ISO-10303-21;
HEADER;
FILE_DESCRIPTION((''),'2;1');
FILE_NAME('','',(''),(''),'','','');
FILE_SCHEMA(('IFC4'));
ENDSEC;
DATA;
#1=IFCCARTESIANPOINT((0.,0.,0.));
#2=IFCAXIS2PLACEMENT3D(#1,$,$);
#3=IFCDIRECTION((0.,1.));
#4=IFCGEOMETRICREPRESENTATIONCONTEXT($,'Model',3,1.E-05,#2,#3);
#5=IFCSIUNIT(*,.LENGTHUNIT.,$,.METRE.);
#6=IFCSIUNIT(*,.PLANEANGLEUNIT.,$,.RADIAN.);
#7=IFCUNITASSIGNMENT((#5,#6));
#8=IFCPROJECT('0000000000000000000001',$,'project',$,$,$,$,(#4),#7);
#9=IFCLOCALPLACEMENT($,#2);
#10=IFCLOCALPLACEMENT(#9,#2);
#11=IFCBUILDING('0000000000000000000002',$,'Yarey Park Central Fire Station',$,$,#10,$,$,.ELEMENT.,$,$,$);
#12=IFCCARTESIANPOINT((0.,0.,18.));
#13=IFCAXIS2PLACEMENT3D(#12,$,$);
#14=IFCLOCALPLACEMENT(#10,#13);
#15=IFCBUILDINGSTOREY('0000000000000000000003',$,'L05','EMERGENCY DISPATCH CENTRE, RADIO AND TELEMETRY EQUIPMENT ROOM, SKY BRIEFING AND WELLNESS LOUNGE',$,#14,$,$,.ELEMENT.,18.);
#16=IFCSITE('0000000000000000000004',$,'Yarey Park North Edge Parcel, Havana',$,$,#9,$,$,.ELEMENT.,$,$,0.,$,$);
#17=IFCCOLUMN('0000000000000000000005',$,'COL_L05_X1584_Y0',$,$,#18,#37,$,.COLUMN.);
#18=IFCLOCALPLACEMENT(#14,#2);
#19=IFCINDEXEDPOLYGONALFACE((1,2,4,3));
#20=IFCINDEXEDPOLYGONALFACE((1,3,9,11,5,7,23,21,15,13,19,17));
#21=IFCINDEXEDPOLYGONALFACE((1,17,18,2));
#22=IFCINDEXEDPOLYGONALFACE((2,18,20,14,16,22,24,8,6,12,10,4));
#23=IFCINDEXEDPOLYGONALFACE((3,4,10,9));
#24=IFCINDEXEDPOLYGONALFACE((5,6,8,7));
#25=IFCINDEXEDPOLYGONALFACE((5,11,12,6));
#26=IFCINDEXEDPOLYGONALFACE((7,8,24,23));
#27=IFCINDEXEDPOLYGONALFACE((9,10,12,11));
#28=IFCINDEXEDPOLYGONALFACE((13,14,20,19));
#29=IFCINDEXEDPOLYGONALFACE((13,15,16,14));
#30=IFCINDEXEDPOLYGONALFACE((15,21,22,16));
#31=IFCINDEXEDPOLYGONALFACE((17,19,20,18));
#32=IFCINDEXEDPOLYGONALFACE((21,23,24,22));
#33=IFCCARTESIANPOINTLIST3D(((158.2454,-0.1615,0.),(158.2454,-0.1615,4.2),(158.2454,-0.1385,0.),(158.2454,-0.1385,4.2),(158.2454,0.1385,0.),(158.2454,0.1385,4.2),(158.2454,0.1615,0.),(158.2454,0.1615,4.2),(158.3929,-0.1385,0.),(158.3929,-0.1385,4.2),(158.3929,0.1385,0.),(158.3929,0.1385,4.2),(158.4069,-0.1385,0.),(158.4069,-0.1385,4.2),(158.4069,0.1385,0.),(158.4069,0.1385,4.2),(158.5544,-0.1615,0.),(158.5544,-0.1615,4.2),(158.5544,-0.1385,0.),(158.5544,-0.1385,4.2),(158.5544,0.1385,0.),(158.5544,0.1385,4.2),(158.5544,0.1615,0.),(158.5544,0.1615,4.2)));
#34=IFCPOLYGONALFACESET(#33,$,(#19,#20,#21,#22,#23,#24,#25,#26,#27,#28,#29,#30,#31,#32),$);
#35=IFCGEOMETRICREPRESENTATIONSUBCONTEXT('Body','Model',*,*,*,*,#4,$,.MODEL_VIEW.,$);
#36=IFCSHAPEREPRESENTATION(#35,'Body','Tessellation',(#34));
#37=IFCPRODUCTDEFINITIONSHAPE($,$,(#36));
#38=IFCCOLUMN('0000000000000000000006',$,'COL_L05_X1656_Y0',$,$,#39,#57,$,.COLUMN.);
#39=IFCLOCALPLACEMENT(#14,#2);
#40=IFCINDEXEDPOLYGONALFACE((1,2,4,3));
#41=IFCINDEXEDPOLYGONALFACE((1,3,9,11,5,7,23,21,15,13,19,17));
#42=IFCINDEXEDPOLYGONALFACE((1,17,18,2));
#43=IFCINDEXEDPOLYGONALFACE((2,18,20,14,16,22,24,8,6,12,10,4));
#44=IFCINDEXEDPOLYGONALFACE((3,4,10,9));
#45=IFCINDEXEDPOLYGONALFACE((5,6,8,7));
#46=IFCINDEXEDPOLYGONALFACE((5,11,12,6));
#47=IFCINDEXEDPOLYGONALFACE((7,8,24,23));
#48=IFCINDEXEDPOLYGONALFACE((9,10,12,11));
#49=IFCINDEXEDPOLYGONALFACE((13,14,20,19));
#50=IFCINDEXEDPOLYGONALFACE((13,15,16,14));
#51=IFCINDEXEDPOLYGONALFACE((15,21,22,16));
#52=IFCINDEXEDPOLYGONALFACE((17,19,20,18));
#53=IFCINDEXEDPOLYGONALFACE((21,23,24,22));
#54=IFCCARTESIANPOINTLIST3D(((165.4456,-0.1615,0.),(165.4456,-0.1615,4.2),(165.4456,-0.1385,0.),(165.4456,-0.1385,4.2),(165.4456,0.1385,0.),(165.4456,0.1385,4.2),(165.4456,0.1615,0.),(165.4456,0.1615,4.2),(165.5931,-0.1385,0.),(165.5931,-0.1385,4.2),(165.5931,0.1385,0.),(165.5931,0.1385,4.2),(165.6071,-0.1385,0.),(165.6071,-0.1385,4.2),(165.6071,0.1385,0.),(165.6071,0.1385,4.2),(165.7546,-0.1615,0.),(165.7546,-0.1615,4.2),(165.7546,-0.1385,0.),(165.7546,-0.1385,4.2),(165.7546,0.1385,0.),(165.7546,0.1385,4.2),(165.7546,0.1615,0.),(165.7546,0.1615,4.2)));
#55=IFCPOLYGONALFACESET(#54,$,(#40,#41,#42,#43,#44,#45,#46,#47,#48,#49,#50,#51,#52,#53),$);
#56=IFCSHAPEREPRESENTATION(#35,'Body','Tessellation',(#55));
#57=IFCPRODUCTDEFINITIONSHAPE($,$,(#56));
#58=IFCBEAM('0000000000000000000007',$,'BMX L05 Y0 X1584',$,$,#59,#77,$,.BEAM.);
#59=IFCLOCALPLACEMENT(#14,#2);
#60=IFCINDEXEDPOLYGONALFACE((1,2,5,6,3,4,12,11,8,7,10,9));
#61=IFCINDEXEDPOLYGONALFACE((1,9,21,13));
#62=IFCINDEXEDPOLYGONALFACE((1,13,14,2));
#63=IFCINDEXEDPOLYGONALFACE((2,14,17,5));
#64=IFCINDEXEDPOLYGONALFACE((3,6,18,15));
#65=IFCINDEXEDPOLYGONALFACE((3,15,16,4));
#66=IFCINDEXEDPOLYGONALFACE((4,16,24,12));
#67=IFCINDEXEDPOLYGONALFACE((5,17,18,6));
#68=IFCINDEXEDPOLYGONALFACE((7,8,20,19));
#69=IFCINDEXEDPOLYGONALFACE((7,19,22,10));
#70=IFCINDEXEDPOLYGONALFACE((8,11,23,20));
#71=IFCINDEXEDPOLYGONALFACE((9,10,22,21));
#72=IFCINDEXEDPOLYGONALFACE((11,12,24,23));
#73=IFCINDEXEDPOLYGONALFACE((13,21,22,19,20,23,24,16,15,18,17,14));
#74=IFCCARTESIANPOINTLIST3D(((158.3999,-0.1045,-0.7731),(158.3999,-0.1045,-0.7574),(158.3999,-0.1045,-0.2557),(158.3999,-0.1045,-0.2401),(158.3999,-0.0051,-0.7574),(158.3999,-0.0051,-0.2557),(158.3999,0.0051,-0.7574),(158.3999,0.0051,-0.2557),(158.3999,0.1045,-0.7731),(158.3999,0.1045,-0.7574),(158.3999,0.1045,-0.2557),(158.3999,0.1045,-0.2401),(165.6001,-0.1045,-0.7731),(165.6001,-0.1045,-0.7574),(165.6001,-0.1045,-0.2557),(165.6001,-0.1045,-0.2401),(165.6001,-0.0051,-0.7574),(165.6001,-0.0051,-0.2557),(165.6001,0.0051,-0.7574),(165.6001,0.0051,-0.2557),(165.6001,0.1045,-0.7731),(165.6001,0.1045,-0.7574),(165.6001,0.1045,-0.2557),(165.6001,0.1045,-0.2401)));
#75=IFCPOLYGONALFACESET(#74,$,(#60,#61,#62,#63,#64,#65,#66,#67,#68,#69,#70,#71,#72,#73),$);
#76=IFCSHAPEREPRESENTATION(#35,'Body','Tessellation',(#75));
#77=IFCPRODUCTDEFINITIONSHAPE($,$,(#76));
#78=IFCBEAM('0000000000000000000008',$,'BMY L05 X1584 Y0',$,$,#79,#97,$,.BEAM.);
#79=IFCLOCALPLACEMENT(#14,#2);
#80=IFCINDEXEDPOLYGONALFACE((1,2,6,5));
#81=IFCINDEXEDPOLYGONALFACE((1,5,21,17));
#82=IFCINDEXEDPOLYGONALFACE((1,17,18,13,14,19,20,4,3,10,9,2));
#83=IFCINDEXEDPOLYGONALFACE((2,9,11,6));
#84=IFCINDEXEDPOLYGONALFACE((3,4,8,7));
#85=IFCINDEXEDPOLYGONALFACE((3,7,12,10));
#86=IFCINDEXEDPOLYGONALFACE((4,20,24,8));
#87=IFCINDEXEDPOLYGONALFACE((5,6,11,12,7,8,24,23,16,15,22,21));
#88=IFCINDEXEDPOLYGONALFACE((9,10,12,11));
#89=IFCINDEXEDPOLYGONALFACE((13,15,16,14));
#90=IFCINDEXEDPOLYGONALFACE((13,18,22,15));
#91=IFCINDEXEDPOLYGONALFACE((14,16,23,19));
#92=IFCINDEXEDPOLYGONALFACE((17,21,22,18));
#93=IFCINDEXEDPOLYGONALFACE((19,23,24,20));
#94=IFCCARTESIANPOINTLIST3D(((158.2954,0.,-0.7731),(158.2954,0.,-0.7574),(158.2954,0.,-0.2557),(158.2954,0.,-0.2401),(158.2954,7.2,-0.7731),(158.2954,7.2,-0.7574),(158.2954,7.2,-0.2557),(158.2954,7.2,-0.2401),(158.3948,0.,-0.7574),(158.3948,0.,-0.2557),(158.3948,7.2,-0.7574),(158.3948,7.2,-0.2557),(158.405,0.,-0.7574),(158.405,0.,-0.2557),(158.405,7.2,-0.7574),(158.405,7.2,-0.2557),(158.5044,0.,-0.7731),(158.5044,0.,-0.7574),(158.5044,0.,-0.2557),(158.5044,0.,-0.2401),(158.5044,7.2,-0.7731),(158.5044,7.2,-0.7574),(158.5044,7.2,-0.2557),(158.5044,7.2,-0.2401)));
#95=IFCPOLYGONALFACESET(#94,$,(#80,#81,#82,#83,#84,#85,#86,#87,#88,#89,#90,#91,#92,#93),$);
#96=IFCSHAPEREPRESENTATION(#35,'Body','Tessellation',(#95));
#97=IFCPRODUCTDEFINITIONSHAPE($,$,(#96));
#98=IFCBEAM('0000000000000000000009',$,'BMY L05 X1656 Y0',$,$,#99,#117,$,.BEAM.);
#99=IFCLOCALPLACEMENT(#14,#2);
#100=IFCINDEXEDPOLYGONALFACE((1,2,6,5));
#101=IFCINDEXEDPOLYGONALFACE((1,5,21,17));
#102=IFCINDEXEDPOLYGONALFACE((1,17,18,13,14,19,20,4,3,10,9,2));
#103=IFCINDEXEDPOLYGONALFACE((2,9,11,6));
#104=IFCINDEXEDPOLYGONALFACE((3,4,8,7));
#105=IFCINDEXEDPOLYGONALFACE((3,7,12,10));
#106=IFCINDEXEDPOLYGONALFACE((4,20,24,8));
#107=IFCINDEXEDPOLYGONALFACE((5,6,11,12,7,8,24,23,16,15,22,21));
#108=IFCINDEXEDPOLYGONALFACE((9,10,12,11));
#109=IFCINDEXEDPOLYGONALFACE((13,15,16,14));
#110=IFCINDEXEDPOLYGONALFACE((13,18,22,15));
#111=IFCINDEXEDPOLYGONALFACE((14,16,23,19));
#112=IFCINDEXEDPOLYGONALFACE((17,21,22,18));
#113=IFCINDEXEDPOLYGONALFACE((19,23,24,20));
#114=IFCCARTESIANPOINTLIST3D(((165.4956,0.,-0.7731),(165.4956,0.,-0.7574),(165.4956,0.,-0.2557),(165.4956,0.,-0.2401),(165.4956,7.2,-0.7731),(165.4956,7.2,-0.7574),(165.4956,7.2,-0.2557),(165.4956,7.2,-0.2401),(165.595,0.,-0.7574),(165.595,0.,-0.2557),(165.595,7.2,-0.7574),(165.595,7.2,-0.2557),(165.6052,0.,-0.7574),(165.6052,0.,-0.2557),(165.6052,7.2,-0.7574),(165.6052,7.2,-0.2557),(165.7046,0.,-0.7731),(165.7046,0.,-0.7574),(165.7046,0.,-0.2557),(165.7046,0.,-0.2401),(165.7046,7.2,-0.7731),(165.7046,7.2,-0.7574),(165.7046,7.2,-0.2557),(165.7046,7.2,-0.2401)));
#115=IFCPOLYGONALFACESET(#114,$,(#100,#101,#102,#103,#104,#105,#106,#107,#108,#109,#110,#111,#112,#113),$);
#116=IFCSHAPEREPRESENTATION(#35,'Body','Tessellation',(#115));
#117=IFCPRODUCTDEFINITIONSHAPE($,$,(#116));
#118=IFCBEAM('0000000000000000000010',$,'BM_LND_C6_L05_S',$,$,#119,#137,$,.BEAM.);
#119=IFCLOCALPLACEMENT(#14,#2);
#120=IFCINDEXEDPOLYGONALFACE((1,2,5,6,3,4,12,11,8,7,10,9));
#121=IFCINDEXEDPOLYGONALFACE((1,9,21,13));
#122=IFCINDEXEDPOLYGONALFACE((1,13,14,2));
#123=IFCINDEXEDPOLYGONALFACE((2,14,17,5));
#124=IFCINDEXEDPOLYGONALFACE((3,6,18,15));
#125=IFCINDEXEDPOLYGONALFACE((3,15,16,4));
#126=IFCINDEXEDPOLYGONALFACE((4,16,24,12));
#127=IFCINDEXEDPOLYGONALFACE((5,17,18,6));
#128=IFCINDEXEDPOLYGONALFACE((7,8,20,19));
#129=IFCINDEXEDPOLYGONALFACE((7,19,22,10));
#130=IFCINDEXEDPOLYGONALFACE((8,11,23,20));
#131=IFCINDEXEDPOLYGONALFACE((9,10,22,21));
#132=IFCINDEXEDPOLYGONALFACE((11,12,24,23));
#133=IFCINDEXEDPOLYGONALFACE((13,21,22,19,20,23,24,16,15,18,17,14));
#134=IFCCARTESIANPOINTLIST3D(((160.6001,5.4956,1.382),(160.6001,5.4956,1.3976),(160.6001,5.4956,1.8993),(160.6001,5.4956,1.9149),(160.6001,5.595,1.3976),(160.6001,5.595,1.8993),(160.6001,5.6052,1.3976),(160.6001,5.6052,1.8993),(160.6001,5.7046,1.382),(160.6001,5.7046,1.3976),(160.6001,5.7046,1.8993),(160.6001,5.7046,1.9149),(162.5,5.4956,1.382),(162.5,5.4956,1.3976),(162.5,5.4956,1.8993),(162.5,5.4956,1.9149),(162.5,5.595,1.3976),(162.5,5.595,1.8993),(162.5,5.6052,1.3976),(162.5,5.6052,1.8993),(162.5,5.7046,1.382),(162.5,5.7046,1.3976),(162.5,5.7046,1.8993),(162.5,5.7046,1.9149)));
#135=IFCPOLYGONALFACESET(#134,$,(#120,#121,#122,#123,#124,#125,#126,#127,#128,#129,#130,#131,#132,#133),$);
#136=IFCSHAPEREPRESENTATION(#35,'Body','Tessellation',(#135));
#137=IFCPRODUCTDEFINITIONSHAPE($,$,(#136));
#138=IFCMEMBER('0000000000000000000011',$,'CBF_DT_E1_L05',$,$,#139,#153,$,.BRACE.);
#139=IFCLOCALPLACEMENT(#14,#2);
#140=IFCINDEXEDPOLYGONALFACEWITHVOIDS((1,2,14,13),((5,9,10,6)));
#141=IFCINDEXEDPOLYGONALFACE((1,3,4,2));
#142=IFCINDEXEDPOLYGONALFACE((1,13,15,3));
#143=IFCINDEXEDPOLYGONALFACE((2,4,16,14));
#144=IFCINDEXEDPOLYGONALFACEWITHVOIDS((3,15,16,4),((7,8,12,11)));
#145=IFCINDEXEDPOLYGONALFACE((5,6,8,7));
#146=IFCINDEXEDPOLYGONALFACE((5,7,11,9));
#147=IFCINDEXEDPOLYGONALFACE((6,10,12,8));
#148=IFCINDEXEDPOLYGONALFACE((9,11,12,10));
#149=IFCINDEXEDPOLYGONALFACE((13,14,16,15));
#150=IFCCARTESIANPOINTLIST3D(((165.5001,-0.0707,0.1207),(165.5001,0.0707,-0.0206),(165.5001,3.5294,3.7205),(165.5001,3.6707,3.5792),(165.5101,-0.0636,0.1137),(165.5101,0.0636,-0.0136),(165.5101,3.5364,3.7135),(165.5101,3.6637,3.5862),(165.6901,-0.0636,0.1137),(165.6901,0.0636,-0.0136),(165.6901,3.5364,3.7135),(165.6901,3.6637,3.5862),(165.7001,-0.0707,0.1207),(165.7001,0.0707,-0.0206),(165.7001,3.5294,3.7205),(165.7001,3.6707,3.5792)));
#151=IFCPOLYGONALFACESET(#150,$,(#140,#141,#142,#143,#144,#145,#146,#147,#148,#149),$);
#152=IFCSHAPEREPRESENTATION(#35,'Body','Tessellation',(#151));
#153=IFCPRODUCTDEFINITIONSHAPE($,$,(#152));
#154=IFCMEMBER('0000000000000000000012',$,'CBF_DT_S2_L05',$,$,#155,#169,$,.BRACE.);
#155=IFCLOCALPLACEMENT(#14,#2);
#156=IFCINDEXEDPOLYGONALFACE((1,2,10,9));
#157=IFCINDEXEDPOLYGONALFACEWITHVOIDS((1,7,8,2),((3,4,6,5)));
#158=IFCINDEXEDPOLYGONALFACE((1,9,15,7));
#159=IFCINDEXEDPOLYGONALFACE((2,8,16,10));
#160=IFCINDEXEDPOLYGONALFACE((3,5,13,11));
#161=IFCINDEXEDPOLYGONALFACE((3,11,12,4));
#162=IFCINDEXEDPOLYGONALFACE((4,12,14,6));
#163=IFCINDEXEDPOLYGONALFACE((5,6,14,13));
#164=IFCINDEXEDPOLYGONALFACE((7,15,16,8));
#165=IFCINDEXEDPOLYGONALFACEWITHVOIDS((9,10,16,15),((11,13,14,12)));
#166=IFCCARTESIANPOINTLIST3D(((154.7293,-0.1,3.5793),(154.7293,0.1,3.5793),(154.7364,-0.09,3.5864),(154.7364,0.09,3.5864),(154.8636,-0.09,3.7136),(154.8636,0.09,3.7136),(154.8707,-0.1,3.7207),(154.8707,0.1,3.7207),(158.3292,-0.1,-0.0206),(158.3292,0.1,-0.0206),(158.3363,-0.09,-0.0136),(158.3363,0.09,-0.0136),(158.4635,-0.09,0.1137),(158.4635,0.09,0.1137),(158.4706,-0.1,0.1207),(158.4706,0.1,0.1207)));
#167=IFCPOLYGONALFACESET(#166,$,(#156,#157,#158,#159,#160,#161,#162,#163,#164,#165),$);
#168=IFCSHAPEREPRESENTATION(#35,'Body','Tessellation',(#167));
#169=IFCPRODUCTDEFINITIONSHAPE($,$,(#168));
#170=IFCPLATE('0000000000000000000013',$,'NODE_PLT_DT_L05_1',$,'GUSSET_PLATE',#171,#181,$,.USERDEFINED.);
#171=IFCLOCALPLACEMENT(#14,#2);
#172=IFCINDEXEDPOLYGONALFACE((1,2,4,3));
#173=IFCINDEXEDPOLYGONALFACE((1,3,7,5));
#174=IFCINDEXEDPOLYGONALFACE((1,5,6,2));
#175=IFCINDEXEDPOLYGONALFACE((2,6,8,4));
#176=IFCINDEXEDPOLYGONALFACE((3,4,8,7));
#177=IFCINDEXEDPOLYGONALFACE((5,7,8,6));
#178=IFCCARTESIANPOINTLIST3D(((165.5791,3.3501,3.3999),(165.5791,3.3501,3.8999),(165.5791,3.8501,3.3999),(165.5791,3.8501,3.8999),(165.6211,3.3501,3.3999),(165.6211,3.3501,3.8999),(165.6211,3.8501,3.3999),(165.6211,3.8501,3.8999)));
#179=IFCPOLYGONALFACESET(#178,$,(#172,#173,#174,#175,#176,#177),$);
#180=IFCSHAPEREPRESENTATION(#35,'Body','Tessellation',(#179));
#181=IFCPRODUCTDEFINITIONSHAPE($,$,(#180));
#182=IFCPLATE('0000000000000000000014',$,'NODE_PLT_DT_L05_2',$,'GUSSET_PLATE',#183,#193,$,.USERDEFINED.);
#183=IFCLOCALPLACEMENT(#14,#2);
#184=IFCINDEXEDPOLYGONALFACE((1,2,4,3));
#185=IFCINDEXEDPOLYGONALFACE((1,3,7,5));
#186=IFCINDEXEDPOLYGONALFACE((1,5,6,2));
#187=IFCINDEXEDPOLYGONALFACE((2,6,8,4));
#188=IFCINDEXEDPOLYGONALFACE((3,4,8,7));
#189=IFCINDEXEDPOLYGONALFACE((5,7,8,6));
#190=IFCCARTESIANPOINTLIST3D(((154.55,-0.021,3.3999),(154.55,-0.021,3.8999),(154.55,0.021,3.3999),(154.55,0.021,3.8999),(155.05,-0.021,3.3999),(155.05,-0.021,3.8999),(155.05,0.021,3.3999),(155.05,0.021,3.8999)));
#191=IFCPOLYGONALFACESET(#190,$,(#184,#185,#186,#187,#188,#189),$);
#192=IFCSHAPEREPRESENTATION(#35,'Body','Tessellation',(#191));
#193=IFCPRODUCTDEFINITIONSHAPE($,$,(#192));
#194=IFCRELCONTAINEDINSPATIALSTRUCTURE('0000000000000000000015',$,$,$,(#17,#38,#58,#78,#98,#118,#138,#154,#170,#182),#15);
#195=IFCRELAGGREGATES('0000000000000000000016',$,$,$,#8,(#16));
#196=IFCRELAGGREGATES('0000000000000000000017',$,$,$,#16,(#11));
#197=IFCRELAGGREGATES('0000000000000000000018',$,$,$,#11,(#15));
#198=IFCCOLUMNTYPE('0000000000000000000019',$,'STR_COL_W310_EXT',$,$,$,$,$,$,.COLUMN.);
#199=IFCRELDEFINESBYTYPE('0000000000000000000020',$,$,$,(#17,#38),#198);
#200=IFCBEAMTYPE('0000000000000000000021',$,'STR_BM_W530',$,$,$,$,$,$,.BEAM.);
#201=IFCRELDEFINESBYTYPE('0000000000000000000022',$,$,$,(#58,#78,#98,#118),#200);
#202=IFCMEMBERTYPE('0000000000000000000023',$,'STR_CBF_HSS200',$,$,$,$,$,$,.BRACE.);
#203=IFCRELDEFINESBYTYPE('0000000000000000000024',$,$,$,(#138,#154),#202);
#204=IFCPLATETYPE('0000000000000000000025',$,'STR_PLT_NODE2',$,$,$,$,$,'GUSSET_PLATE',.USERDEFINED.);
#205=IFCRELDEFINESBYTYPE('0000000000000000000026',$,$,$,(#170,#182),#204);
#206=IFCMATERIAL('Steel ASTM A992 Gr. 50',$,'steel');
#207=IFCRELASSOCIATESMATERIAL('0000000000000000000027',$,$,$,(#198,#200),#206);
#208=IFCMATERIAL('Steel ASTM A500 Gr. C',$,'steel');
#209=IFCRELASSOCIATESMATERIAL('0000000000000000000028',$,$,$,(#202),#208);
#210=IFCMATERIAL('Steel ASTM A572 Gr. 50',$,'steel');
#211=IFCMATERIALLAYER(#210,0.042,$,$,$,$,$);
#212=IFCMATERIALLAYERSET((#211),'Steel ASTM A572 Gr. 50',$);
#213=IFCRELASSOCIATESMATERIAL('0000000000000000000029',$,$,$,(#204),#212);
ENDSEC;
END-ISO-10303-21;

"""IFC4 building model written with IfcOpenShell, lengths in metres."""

from ifc_helpers import new_model, si_unit, direction, frame, origin, origin_2d, place, context, subcontext, project, spatial, rectangle, hollow_rectangle, i_section, extrude, material, layer, layer_set, material_profile, profile_set, type_object, element, save


model = new_model("IFC4")

# Units and contexts
model_context = context("Model", 3, precision=1e-05, world=origin(), true_north=direction((0.0, 1.0)))
body_context = subcontext(model_context, "Body", "Model", "MODEL_VIEW")
ifc_project = project(units=[si_unit("LENGTHUNIT", "METRE"), si_unit("PLANEANGLEUNIT", "RADIAN")], contexts=[model_context])

# Site, building, storey
site_placement = place(None, origin())
site = spatial("IfcSite", under=ifc_project, at=site_placement, Name="Yarey Park North Edge Parcel, Havana", CompositionType="ELEMENT", RefElevation=0.0)
building_placement = place(site_placement, origin())
building = spatial("IfcBuilding", under=site, at=building_placement, Name="Yarey Park Central Fire Station", CompositionType="ELEMENT")
storey_placement = place(building_placement, frame((0.0, 0.0, 18.0)))
storey = spatial("IfcBuildingStorey", under=building, at=storey_placement, Name="L05", Description="EMERGENCY DISPATCH CENTRE, RADIO AND TELEMETRY EQUIPMENT ROOM, SKY BRIEFING AND WELLNESS LOUNGE", CompositionType="ELEMENT", Elevation=18.0)

# Columns
ifc_material_1 = material(Name="Steel ASTM A992 Gr. 50", Category="steel")
ifc_material_profile_1 = material_profile(ifc_material_1, i_section(OverallWidth=0.3091, OverallDepth=0.323, WebThickness=0.0139, FlangeThickness=0.0229, at=origin_2d()), Name="W310x143")
ifc_profile_set_1 = profile_set([ifc_material_profile_1], Name="Steel ASTM A992 Gr. 50")
column_type = type_object("IfcColumnType", Name="STR_COL_W310_EXT", PredefinedType="COLUMN", material=ifc_profile_set_1)
for number, where, z_axis, x_axis, name in (
    (1, (158.3999, 0.0, 0.0), (0.0, 0.0, 1.0), (1.0, 0.0, 0.0), "COL_L05_X1584_Y0"),
    (2, (165.6001, 0.0, 0.0), (0.0, 0.0, 1.0), (1.0, 0.0, 0.0), "COL_L05_X1656_Y0"),
):
    element("IfcColumn", number, at=place(storey_placement, frame(where, z_axis=z_axis, x_axis=x_axis)), inside=storey, type_object=column_type, Name=name, PredefinedType="COLUMN", context=body_context, shape_type="SweptSolid", body=[
        extrude(i_section(OverallWidth=0.3091, OverallDepth=0.323, WebThickness=0.0139, FlangeThickness=0.0229, at=origin_2d()), origin(), (0.0, 0.0, 1.0), 4.2),
    ])

# Beams
ifc_material_profile_2 = material_profile(ifc_material_1, i_section(OverallWidth=0.209, OverallDepth=0.533, WebThickness=0.0103, FlangeThickness=0.0156, at=origin_2d()), Name="W530x92")
ifc_profile_set_2 = profile_set([ifc_material_profile_2], Name="Steel ASTM A992 Gr. 50")
beam_type = type_object("IfcBeamType", Name="STR_BM_W530", PredefinedType="BEAM", material=ifc_profile_set_2)
beam_1_placement = place(storey_placement, frame((158.3999, 0.0, -0.5066), z_axis=(1.0, 0.0, 0.0), x_axis=(0.0, 1.0, 0.0)))
element("IfcBeam", 3, at=beam_1_placement, inside=storey, type_object=beam_type, Name="BMX L05 Y0 X1584", PredefinedType="BEAM", context=body_context, shape_type="SweptSolid", body=[
    extrude(i_section(OverallWidth=0.209, OverallDepth=0.533, WebThickness=0.0103, FlangeThickness=0.0156, at=origin_2d()), origin(), (0.0, 0.0, 1.0), 7.2002),
])
for number, where, z_axis, x_axis, name in (
    (4, (158.3999, 0.0, -0.5066), (0.0, 1.0, 0.0), (-1.0, 0.0, 0.0), "BMY L05 X1584 Y0"),
    (5, (165.6001, 0.0, -0.5066), (0.0, 1.0, 0.0), (-1.0, 0.0, 0.0), "BMY L05 X1656 Y0"),
):
    element("IfcBeam", number, at=place(storey_placement, frame(where, z_axis=z_axis, x_axis=x_axis)), inside=storey, type_object=beam_type, Name=name, PredefinedType="BEAM", context=body_context, shape_type="SweptSolid", body=[
        extrude(i_section(OverallWidth=0.209, OverallDepth=0.533, WebThickness=0.0103, FlangeThickness=0.0156, at=origin_2d()), origin(), (0.0, 0.0, 1.0), 7.2),
    ])
beam_2_placement = place(storey_placement, frame((160.6001, 5.6001, 1.6484), z_axis=(1.0, 0.0, 0.0), x_axis=(0.0, 1.0, 0.0)))
element("IfcBeam", 6, at=beam_2_placement, inside=storey, type_object=beam_type, Name="BM_LND_C6_L05_S", PredefinedType="BEAM", context=body_context, shape_type="SweptSolid", body=[
    extrude(i_section(OverallWidth=0.209, OverallDepth=0.533, WebThickness=0.0103, FlangeThickness=0.0156, at=origin_2d()), origin(), (0.0, 0.0, 1.0), 1.8999),
])

# Members
ifc_material_2 = material(Name="Steel ASTM A500 Gr. C", Category="steel")
ifc_material_profile_3 = material_profile(ifc_material_2, hollow_rectangle(XDim=0.2, YDim=0.2, WallThickness=0.01, at=origin_2d()), Name="HSS 200x200x10")
ifc_profile_set_3 = profile_set([ifc_material_profile_3], Name="Steel ASTM A500 Gr. C")
member_type = type_object("IfcMemberType", Name="STR_CBF_HSS200", PredefinedType="BRACE", material=ifc_profile_set_3)
for number, where, z_axis, x_axis, name in (
    (7, (165.6001, 0.0, 0.05), (0.0, 0.707131, 0.707083), (-1.0, 0.0, 0.0), "CBF_DT_E1_L05"),
    (8, (158.3999, 0.0, 0.05), (-0.707107, 0.0, 0.707107), (0.0, -1.0, 0.0), "CBF_DT_S2_L05"),
):
    element("IfcMember", number, at=place(storey_placement, frame(where, z_axis=z_axis, x_axis=x_axis)), inside=storey, type_object=member_type, Name=name, PredefinedType="BRACE", context=body_context, shape_type="SweptSolid", body=[
        extrude(hollow_rectangle(XDim=0.2, YDim=0.2, WallThickness=0.01, at=origin_2d()), origin(), (0.0, 0.0, 1.0), 5.0911),
    ])

# Plates
ifc_material_3 = material(Name="Steel ASTM A572 Gr. 50", Category="steel")
ifc_layer_1 = layer(ifc_material_3, 0.042)
ifc_layer_set_1 = layer_set([ifc_layer_1], Name="Steel ASTM A572 Gr. 50")
plate_type = type_object("IfcPlateType", Name="STR_PLT_NODE2", ElementType="GUSSET_PLATE", PredefinedType="USERDEFINED", material=ifc_layer_set_1)
plate_1_placement = place(storey_placement, frame((165.6001, 3.6001, 3.3999), z_axis=(0.0, 0.0, 1.0), x_axis=(1.0, 0.0, 0.0)))
element("IfcPlate", 9, at=plate_1_placement, inside=storey, type_object=plate_type, Name="NODE_PLT_DT_L05_1", ObjectType="GUSSET_PLATE", PredefinedType="USERDEFINED", context=body_context, shape_type="SweptSolid", body=[
    extrude(rectangle(XDim=0.042, YDim=0.5, at=origin_2d()), origin(), (0.0, 0.0, 1.0), 0.5),
])
plate_2_placement = place(storey_placement, frame((154.8, 0.0, 3.3999), z_axis=(0.0, 0.0, 1.0), x_axis=(1.0, 0.0, 0.0)))
element("IfcPlate", 10, at=plate_2_placement, inside=storey, type_object=plate_type, Name="NODE_PLT_DT_L05_2", ObjectType="GUSSET_PLATE", PredefinedType="USERDEFINED", context=body_context, shape_type="SweptSolid", body=[
    extrude(rectangle(XDim=0.5, YDim=0.042, at=origin_2d()), origin(), (0.0, 0.0, 1.0), 0.5),
])

save(model, "model.ifc")
